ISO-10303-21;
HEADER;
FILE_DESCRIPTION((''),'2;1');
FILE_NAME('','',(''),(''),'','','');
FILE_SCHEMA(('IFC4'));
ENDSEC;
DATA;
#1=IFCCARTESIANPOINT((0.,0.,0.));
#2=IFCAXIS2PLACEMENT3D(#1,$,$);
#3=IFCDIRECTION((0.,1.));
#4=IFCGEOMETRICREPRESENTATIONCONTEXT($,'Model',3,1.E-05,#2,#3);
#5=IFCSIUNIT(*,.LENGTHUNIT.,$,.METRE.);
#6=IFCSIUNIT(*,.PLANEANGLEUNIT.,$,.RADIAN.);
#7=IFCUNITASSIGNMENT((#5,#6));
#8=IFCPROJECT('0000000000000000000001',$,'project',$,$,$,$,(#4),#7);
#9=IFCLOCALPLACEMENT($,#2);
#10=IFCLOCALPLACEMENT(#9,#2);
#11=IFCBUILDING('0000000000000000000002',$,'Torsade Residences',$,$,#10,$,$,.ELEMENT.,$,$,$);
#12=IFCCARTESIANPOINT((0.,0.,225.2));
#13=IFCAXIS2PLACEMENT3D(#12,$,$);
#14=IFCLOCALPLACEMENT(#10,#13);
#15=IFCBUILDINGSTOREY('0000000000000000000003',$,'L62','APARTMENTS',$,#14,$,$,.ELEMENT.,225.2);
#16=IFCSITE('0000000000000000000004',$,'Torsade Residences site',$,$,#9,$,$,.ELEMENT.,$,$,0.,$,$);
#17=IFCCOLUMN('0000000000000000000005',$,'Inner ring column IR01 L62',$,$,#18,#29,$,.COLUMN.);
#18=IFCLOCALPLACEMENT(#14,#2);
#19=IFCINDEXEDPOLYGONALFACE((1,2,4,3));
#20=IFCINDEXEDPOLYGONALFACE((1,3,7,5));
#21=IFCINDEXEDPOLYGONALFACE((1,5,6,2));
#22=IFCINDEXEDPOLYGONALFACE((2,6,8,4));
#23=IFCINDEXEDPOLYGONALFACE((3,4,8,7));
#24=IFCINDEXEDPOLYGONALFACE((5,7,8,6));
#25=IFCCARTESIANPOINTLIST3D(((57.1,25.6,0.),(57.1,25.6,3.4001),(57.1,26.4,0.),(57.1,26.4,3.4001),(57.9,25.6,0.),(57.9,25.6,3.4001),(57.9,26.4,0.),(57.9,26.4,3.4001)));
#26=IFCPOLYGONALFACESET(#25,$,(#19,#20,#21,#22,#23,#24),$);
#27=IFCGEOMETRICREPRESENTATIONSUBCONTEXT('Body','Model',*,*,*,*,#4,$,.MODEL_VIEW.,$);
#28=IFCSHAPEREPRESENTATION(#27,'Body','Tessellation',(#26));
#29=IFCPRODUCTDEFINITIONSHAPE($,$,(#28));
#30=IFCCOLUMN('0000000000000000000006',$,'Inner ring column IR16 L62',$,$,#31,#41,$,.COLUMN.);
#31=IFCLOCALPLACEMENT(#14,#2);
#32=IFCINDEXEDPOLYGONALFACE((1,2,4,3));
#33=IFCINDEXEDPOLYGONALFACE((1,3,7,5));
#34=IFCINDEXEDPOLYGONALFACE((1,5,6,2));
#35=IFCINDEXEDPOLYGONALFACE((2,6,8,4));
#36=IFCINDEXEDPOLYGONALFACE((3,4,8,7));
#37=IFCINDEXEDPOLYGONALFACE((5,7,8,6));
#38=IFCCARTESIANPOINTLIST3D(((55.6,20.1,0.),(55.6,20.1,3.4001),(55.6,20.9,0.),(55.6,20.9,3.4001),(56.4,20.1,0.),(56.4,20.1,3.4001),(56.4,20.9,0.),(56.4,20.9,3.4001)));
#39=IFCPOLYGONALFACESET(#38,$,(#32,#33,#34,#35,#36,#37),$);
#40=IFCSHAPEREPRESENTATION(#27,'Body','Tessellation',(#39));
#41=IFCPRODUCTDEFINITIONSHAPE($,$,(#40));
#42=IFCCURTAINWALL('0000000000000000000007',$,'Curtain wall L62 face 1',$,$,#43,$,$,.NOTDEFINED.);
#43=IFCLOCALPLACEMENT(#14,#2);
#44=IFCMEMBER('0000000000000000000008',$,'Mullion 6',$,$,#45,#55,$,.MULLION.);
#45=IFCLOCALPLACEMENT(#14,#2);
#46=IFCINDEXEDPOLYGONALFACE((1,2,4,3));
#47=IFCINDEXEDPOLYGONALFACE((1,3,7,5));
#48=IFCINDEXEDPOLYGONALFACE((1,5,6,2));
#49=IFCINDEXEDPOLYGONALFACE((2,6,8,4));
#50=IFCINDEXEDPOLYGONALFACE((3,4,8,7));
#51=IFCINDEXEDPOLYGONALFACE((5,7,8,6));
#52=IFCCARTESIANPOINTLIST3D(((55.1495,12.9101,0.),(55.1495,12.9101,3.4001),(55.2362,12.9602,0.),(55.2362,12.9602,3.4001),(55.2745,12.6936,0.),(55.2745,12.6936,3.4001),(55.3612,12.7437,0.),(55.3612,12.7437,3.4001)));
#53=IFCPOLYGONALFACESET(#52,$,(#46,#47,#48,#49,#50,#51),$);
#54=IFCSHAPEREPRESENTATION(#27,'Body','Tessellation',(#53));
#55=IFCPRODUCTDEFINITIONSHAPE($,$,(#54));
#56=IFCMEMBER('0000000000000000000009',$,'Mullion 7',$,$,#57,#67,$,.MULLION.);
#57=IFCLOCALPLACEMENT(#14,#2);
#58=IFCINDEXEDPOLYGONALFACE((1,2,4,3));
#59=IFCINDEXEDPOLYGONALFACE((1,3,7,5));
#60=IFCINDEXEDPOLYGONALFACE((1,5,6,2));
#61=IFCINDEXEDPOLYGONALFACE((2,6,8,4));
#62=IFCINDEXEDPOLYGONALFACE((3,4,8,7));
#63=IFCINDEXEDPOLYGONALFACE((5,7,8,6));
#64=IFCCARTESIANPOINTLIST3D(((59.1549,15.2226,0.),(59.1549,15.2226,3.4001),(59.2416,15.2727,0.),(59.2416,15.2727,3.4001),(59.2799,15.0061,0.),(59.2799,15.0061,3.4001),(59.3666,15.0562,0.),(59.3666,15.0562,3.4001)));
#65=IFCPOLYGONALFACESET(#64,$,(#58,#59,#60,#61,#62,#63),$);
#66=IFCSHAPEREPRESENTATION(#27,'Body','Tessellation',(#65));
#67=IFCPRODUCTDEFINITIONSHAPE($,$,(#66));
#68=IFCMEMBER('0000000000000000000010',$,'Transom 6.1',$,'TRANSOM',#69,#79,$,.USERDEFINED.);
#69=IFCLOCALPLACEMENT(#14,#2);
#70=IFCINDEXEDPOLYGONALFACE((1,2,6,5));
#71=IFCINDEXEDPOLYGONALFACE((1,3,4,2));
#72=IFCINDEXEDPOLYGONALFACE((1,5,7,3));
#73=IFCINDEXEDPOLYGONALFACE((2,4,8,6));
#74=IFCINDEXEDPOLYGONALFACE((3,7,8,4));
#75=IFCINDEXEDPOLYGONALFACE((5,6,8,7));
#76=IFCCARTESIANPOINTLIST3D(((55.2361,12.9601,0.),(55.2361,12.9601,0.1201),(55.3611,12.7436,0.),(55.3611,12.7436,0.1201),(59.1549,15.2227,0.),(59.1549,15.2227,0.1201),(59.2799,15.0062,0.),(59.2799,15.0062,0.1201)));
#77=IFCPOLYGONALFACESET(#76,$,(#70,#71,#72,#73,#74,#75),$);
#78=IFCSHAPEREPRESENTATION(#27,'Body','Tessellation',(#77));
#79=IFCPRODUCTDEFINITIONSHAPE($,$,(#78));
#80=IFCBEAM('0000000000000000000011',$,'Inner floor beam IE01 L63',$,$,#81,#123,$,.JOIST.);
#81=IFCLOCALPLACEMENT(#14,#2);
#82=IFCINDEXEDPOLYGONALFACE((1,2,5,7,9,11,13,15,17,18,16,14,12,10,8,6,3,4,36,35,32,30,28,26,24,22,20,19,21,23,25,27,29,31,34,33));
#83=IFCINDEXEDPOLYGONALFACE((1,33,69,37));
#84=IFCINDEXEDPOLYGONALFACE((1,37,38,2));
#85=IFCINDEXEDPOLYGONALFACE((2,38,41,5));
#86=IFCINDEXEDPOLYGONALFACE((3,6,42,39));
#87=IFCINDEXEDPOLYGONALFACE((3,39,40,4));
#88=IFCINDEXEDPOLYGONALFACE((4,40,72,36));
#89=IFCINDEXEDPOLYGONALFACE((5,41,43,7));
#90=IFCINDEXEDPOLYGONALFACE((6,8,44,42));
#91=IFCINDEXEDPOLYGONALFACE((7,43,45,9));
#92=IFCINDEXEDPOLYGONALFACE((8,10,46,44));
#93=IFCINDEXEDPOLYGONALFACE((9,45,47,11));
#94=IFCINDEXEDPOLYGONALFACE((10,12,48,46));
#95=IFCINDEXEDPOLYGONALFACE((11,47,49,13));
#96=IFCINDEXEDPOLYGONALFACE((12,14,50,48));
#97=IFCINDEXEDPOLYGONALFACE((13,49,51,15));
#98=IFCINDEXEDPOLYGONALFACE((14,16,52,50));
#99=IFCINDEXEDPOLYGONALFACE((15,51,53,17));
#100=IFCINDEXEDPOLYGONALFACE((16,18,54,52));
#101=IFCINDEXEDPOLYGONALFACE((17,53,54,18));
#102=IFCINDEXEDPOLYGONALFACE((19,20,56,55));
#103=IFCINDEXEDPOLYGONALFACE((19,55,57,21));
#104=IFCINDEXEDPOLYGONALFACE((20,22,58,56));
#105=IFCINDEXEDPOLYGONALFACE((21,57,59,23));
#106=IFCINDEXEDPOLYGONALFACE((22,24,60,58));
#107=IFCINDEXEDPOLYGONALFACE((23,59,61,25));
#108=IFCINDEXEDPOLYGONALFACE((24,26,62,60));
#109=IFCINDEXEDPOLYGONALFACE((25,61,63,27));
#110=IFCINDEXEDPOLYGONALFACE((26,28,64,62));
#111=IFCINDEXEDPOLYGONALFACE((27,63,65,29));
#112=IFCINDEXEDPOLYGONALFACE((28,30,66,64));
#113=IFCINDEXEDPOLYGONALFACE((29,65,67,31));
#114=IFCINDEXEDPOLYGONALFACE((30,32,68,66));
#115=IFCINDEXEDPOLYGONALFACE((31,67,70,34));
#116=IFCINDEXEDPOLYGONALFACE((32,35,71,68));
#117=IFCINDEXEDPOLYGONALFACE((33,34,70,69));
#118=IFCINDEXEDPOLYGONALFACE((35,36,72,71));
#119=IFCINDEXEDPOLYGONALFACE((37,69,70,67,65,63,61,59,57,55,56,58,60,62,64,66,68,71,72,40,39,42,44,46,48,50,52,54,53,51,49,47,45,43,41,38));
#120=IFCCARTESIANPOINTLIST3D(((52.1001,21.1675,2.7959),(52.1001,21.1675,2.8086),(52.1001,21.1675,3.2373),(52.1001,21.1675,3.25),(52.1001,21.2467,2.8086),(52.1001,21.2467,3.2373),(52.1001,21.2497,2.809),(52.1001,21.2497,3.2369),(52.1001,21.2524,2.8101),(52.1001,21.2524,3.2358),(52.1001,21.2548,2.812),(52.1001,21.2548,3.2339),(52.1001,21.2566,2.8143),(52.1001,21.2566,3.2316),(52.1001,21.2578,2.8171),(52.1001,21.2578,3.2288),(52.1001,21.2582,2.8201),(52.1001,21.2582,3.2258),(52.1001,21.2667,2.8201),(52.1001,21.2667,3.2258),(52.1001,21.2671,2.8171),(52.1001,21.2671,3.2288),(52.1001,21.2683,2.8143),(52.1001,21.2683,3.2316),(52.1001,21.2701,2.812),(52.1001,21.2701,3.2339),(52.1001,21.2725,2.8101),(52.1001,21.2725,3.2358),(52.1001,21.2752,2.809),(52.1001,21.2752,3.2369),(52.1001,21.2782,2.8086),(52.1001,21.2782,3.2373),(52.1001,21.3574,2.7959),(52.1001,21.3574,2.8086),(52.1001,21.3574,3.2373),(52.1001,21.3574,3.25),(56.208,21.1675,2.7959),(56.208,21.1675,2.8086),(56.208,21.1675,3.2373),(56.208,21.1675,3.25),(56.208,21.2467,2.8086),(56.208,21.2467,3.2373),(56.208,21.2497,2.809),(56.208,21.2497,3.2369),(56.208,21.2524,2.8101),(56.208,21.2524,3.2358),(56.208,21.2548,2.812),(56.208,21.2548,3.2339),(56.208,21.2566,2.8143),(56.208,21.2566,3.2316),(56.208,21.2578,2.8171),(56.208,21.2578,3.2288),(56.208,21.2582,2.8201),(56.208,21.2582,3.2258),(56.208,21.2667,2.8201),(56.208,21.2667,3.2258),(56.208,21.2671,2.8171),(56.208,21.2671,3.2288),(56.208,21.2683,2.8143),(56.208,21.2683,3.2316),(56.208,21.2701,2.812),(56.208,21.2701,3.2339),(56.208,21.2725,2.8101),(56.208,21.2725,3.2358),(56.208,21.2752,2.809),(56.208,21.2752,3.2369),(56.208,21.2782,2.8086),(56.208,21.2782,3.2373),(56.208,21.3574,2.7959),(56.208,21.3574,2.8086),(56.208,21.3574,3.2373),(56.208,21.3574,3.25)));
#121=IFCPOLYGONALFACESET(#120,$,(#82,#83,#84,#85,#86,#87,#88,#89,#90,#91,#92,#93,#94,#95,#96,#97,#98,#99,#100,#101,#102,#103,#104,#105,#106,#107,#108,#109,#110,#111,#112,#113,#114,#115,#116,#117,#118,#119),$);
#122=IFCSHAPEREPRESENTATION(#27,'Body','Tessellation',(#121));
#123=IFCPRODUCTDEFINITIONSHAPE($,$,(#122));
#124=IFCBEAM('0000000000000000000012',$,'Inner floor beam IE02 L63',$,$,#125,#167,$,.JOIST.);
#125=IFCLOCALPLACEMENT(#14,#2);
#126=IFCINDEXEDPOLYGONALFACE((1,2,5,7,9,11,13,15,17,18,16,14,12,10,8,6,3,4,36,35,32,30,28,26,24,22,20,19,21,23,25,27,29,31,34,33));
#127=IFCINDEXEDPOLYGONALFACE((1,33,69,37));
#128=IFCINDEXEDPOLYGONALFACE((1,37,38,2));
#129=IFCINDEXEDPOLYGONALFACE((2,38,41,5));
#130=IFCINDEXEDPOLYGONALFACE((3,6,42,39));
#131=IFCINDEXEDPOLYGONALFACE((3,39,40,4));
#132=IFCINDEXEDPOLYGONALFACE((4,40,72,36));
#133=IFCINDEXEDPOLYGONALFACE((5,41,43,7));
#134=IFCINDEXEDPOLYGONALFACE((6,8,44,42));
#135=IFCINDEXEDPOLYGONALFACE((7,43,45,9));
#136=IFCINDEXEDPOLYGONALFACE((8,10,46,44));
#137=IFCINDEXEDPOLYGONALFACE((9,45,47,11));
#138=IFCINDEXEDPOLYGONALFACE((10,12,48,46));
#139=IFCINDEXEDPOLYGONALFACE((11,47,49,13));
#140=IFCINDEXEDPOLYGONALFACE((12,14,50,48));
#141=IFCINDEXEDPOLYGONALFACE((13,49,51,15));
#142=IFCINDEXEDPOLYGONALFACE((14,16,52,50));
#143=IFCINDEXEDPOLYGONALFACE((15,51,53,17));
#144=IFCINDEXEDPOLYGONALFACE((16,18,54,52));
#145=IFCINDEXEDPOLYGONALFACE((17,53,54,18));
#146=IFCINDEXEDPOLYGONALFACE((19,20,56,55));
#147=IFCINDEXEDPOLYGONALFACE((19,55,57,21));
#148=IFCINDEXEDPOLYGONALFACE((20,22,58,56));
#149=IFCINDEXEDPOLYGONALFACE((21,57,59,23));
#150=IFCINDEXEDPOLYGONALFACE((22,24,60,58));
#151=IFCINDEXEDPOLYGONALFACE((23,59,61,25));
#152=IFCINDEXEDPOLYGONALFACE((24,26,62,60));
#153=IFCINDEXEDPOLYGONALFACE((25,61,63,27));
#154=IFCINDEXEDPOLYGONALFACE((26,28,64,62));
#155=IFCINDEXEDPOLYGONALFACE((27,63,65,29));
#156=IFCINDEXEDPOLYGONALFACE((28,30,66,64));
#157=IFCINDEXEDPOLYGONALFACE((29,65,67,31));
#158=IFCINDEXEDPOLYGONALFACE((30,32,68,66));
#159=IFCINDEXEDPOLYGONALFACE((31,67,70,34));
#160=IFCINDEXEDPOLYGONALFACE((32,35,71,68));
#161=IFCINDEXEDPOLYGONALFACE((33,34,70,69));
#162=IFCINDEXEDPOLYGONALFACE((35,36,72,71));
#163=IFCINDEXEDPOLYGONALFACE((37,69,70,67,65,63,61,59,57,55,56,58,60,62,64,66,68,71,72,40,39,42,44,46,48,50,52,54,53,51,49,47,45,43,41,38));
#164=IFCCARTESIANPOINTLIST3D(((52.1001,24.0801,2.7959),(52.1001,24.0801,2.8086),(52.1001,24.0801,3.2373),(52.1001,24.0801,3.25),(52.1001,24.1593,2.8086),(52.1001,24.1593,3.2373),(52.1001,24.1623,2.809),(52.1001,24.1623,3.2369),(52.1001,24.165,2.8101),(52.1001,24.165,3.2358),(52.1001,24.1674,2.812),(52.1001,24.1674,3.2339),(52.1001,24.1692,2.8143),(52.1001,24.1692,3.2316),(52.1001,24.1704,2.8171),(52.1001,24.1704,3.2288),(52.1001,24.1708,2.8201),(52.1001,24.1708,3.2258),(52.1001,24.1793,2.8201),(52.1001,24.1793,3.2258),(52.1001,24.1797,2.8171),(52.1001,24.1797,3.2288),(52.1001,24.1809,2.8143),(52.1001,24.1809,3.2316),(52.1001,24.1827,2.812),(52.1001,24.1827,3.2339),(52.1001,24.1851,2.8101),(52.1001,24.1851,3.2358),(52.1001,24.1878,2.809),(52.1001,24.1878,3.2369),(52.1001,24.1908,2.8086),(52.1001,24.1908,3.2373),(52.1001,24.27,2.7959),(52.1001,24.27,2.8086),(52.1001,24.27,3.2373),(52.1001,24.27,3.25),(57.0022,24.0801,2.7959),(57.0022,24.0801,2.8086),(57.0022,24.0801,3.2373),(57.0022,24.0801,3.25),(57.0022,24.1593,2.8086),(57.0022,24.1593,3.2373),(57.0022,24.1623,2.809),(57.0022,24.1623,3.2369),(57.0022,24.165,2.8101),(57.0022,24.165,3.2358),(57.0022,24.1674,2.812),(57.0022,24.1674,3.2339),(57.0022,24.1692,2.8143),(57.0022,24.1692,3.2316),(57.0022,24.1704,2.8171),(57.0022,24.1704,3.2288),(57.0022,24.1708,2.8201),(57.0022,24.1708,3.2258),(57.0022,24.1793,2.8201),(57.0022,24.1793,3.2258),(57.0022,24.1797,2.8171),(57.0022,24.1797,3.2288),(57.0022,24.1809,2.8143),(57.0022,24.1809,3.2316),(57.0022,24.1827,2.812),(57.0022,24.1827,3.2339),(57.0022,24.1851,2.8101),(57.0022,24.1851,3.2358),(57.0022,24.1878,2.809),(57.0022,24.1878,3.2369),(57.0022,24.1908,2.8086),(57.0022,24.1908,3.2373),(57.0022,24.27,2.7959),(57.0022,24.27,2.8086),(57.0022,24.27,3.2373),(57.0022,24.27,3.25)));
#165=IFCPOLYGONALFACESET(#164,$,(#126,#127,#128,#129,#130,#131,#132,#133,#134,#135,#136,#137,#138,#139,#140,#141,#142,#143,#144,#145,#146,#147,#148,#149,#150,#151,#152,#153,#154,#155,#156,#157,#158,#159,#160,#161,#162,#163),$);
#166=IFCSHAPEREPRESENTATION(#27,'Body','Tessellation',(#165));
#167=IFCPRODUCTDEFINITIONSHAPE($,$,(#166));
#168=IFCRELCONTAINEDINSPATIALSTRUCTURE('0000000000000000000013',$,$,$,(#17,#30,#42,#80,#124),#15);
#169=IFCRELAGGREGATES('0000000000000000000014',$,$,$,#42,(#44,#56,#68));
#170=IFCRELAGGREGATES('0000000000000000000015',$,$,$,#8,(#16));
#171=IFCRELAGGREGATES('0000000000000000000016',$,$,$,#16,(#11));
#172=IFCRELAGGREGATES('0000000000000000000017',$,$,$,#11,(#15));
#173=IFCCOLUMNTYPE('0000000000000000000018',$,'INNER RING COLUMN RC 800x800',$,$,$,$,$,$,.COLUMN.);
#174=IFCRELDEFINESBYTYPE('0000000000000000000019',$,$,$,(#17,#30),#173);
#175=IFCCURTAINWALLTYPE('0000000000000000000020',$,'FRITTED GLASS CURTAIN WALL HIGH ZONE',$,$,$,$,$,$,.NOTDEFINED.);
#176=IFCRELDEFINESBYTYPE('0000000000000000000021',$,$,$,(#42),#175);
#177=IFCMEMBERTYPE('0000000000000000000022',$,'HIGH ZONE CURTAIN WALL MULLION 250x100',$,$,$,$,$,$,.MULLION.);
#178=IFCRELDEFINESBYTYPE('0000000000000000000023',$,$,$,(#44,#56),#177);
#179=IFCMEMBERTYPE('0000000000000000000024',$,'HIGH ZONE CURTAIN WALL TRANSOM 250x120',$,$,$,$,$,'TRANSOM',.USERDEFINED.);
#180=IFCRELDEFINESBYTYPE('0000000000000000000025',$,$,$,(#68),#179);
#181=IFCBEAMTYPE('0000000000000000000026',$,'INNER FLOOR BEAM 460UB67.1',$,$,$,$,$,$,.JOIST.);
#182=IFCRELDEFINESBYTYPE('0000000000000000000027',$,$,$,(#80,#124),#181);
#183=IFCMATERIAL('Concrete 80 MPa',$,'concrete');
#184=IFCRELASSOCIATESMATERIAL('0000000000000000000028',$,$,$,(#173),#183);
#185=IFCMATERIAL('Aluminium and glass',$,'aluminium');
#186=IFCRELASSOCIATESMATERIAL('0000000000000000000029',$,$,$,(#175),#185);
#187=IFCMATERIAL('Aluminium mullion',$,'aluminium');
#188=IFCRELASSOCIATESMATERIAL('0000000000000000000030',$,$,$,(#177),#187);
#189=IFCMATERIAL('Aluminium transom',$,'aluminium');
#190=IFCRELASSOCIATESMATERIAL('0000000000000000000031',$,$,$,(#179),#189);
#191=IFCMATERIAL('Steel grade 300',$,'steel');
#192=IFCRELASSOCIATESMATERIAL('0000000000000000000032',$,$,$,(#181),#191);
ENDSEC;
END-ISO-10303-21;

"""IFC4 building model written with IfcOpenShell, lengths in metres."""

from ifc_helpers import new_model, si_unit, direction, frame, origin, origin_2d, place, context, subcontext, project, spatial, rectangle, i_section, extrude, material, material_profile, profile_set, type_object, element, aggregate, save


model = new_model("IFC4")

# Units and contexts
model_context = context("Model", 3, precision=1e-05, world=origin(), true_north=direction((0.0, 1.0)))
body_context = subcontext(model_context, "Body", "Model", "MODEL_VIEW")
ifc_project = project(units=[si_unit("LENGTHUNIT", "METRE"), si_unit("PLANEANGLEUNIT", "RADIAN")], contexts=[model_context])

# Site, building, storey
site_placement = place(None, origin())
site = spatial("IfcSite", under=ifc_project, at=site_placement, Name="Torsade Residences site", CompositionType="ELEMENT", RefElevation=0.0)
building_placement = place(site_placement, origin())
building = spatial("IfcBuilding", under=site, at=building_placement, Name="Torsade Residences", CompositionType="ELEMENT")
storey_placement = place(building_placement, frame((0.0, 0.0, 225.2)))
storey = spatial("IfcBuildingStorey", under=building, at=storey_placement, Name="L62", Description="APARTMENTS", CompositionType="ELEMENT", Elevation=225.2)

# Columns
ifc_material_1 = material(Name="Concrete 80 MPa", Category="concrete")
ifc_material_profile_1 = material_profile(ifc_material_1, rectangle(XDim=0.8, YDim=0.8, at=origin_2d()), Name="RC 800x800")
ifc_profile_set_1 = profile_set([ifc_material_profile_1], Name="Concrete 80 MPa")
column_type = type_object("IfcColumnType", Name="INNER RING COLUMN RC 800x800", PredefinedType="COLUMN", material=ifc_profile_set_1)
for number, where, z_axis, x_axis, name in (
    (1, (57.5, 26.0, 0.0), (0.0, 0.0, 1.0), (1.0, 0.0, 0.0), "Inner ring column IR01 L62"),
    (2, (56.0, 20.5, 0.0), (0.0, 0.0, 1.0), (1.0, 0.0, 0.0), "Inner ring column IR16 L62"),
):
    element("IfcColumn", number, at=place(storey_placement, frame(where, z_axis=z_axis, x_axis=x_axis)), inside=storey, type_object=column_type, Name=name, PredefinedType="COLUMN", context=body_context, shape_type="SweptSolid", body=[
        extrude(rectangle(XDim=0.8, YDim=0.8, at=origin_2d()), origin(), (0.0, 0.0, 1.0), 3.4001),
    ])

# Curtain wall, members
ifc_material_2 = material(Name="Aluminium and glass", Category="aluminium")
curtain_wall_type = type_object("IfcCurtainWallType", Name="FRITTED GLASS CURTAIN WALL HIGH ZONE", PredefinedType="NOTDEFINED", material=ifc_material_2)
curtain_wall_placement = place(storey_placement, origin())
curtain_wall = element("IfcCurtainWall", 3, at=curtain_wall_placement, inside=storey, type_object=curtain_wall_type, Name="Curtain wall L62 face 1", PredefinedType="NOTDEFINED")
ifc_material_3 = material(Name="Aluminium mullion", Category="aluminium")
ifc_material_profile_2 = material_profile(ifc_material_3, rectangle(XDim=0.25, YDim=0.1001, at=origin_2d()), Name="HIGH ZONE CURTAIN WALL MULLION 250x100")
ifc_profile_set_2 = profile_set([ifc_material_profile_2], Name="Aluminium mullion")
member_type_1 = type_object("IfcMemberType", Name="HIGH ZONE CURTAIN WALL MULLION 250x100", PredefinedType="MULLION", material=ifc_profile_set_2)
member_1_placement = place(storey_placement, frame((55.2554, 12.8269, 0.0), z_axis=(0.0, 0.0, 1.0), x_axis=(-0.5, 0.866025, 0.0)))
member_1 = element("IfcMember", 4, at=member_1_placement, type_object=member_type_1, Name="Mullion 6", PredefinedType="MULLION", context=body_context, shape_type="SweptSolid", body=[
    extrude(rectangle(XDim=0.25, YDim=0.1001, at=origin_2d()), origin(), (0.0, 0.0, 1.0), 3.4001),
])
member_2_placement = place(storey_placement, frame((59.2607, 15.1394, 0.0), z_axis=(0.0, 0.0, 1.0), x_axis=(-0.5, 0.866025, 0.0)))
member_2 = element("IfcMember", 5, at=member_2_placement, type_object=member_type_1, Name="Mullion 7", PredefinedType="MULLION", context=body_context, shape_type="SweptSolid", body=[
    extrude(rectangle(XDim=0.25, YDim=0.1001, at=origin_2d()), origin(), (0.0, 0.0, 1.0), 3.4001),
])
ifc_material_4 = material(Name="Aluminium transom", Category="aluminium")
ifc_material_profile_3 = material_profile(ifc_material_4, rectangle(XDim=0.25, YDim=0.1201, at=origin_2d()), Name="HIGH ZONE CURTAIN WALL TRANSOM 250x120")
ifc_profile_set_3 = profile_set([ifc_material_profile_3], Name="Aluminium transom")
member_type_2 = type_object("IfcMemberType", Name="HIGH ZONE CURTAIN WALL TRANSOM 250x120", ElementType="TRANSOM", PredefinedType="USERDEFINED", material=ifc_profile_set_3)
member_3_placement = place(storey_placement, frame((55.2986, 12.8518, 0.0601), z_axis=(0.866017, 0.500015, 0.0), x_axis=(-0.500015, 0.866017, 0.0)))
member_3 = element("IfcMember", 6, at=member_3_placement, type_object=member_type_2, Name="Transom 6.1", ObjectType="TRANSOM", PredefinedType="USERDEFINED", context=body_context, shape_type="SweptSolid", body=[
    extrude(rectangle(XDim=0.25, YDim=0.1201, at=origin_2d()), origin(), (0.0, 0.0, 1.0), 4.5251),
])

# Beams
ifc_material_5 = material(Name="Steel grade 300", Category="steel")
ifc_material_profile_4 = material_profile(ifc_material_5, i_section(OverallWidth=0.1899, OverallDepth=0.4541, WebThickness=0.0085, FlangeThickness=0.0127, FilletRadius=0.0115, at=origin_2d()), Name="460UB67.1")
ifc_profile_set_4 = profile_set([ifc_material_profile_4], Name="Steel grade 300")
beam_type_1 = type_object("IfcBeamType", Name="INNER FLOOR BEAM 460UB67.1", PredefinedType="JOIST", material=ifc_profile_set_4)
beam_1_placement = place(storey_placement, frame((52.1001, 21.2625, 3.0229), z_axis=(1.0, 0.0, 0.0), x_axis=(0.0, 1.0, 0.0)))
element("IfcBeam", 7, at=beam_1_placement, inside=storey, type_object=beam_type_1, Name="Inner floor beam IE01 L63", PredefinedType="JOIST", context=body_context, shape_type="SweptSolid", body=[
    extrude(i_section(OverallWidth=0.1899, OverallDepth=0.4541, WebThickness=0.0085, FlangeThickness=0.0127, FilletRadius=0.0115, at=origin_2d()), origin(), (0.0, 0.0, 1.0), 4.1079),
])
beam_2_placement = place(storey_placement, frame((52.1001, 24.175, 3.0229), z_axis=(1.0, 0.0, 0.0), x_axis=(0.0, 1.0, 0.0)))
element("IfcBeam", 8, at=beam_2_placement, inside=storey, type_object=beam_type_1, Name="Inner floor beam IE02 L63", PredefinedType="JOIST", context=body_context, shape_type="SweptSolid", body=[
    extrude(i_section(OverallWidth=0.1899, OverallDepth=0.4541, WebThickness=0.0085, FlangeThickness=0.0127, FilletRadius=0.0115, at=origin_2d()), origin(), (0.0, 0.0, 1.0), 4.9021),
])

aggregate(curtain_wall, [member_1, member_2, member_3])

save(model, "model.ifc")
